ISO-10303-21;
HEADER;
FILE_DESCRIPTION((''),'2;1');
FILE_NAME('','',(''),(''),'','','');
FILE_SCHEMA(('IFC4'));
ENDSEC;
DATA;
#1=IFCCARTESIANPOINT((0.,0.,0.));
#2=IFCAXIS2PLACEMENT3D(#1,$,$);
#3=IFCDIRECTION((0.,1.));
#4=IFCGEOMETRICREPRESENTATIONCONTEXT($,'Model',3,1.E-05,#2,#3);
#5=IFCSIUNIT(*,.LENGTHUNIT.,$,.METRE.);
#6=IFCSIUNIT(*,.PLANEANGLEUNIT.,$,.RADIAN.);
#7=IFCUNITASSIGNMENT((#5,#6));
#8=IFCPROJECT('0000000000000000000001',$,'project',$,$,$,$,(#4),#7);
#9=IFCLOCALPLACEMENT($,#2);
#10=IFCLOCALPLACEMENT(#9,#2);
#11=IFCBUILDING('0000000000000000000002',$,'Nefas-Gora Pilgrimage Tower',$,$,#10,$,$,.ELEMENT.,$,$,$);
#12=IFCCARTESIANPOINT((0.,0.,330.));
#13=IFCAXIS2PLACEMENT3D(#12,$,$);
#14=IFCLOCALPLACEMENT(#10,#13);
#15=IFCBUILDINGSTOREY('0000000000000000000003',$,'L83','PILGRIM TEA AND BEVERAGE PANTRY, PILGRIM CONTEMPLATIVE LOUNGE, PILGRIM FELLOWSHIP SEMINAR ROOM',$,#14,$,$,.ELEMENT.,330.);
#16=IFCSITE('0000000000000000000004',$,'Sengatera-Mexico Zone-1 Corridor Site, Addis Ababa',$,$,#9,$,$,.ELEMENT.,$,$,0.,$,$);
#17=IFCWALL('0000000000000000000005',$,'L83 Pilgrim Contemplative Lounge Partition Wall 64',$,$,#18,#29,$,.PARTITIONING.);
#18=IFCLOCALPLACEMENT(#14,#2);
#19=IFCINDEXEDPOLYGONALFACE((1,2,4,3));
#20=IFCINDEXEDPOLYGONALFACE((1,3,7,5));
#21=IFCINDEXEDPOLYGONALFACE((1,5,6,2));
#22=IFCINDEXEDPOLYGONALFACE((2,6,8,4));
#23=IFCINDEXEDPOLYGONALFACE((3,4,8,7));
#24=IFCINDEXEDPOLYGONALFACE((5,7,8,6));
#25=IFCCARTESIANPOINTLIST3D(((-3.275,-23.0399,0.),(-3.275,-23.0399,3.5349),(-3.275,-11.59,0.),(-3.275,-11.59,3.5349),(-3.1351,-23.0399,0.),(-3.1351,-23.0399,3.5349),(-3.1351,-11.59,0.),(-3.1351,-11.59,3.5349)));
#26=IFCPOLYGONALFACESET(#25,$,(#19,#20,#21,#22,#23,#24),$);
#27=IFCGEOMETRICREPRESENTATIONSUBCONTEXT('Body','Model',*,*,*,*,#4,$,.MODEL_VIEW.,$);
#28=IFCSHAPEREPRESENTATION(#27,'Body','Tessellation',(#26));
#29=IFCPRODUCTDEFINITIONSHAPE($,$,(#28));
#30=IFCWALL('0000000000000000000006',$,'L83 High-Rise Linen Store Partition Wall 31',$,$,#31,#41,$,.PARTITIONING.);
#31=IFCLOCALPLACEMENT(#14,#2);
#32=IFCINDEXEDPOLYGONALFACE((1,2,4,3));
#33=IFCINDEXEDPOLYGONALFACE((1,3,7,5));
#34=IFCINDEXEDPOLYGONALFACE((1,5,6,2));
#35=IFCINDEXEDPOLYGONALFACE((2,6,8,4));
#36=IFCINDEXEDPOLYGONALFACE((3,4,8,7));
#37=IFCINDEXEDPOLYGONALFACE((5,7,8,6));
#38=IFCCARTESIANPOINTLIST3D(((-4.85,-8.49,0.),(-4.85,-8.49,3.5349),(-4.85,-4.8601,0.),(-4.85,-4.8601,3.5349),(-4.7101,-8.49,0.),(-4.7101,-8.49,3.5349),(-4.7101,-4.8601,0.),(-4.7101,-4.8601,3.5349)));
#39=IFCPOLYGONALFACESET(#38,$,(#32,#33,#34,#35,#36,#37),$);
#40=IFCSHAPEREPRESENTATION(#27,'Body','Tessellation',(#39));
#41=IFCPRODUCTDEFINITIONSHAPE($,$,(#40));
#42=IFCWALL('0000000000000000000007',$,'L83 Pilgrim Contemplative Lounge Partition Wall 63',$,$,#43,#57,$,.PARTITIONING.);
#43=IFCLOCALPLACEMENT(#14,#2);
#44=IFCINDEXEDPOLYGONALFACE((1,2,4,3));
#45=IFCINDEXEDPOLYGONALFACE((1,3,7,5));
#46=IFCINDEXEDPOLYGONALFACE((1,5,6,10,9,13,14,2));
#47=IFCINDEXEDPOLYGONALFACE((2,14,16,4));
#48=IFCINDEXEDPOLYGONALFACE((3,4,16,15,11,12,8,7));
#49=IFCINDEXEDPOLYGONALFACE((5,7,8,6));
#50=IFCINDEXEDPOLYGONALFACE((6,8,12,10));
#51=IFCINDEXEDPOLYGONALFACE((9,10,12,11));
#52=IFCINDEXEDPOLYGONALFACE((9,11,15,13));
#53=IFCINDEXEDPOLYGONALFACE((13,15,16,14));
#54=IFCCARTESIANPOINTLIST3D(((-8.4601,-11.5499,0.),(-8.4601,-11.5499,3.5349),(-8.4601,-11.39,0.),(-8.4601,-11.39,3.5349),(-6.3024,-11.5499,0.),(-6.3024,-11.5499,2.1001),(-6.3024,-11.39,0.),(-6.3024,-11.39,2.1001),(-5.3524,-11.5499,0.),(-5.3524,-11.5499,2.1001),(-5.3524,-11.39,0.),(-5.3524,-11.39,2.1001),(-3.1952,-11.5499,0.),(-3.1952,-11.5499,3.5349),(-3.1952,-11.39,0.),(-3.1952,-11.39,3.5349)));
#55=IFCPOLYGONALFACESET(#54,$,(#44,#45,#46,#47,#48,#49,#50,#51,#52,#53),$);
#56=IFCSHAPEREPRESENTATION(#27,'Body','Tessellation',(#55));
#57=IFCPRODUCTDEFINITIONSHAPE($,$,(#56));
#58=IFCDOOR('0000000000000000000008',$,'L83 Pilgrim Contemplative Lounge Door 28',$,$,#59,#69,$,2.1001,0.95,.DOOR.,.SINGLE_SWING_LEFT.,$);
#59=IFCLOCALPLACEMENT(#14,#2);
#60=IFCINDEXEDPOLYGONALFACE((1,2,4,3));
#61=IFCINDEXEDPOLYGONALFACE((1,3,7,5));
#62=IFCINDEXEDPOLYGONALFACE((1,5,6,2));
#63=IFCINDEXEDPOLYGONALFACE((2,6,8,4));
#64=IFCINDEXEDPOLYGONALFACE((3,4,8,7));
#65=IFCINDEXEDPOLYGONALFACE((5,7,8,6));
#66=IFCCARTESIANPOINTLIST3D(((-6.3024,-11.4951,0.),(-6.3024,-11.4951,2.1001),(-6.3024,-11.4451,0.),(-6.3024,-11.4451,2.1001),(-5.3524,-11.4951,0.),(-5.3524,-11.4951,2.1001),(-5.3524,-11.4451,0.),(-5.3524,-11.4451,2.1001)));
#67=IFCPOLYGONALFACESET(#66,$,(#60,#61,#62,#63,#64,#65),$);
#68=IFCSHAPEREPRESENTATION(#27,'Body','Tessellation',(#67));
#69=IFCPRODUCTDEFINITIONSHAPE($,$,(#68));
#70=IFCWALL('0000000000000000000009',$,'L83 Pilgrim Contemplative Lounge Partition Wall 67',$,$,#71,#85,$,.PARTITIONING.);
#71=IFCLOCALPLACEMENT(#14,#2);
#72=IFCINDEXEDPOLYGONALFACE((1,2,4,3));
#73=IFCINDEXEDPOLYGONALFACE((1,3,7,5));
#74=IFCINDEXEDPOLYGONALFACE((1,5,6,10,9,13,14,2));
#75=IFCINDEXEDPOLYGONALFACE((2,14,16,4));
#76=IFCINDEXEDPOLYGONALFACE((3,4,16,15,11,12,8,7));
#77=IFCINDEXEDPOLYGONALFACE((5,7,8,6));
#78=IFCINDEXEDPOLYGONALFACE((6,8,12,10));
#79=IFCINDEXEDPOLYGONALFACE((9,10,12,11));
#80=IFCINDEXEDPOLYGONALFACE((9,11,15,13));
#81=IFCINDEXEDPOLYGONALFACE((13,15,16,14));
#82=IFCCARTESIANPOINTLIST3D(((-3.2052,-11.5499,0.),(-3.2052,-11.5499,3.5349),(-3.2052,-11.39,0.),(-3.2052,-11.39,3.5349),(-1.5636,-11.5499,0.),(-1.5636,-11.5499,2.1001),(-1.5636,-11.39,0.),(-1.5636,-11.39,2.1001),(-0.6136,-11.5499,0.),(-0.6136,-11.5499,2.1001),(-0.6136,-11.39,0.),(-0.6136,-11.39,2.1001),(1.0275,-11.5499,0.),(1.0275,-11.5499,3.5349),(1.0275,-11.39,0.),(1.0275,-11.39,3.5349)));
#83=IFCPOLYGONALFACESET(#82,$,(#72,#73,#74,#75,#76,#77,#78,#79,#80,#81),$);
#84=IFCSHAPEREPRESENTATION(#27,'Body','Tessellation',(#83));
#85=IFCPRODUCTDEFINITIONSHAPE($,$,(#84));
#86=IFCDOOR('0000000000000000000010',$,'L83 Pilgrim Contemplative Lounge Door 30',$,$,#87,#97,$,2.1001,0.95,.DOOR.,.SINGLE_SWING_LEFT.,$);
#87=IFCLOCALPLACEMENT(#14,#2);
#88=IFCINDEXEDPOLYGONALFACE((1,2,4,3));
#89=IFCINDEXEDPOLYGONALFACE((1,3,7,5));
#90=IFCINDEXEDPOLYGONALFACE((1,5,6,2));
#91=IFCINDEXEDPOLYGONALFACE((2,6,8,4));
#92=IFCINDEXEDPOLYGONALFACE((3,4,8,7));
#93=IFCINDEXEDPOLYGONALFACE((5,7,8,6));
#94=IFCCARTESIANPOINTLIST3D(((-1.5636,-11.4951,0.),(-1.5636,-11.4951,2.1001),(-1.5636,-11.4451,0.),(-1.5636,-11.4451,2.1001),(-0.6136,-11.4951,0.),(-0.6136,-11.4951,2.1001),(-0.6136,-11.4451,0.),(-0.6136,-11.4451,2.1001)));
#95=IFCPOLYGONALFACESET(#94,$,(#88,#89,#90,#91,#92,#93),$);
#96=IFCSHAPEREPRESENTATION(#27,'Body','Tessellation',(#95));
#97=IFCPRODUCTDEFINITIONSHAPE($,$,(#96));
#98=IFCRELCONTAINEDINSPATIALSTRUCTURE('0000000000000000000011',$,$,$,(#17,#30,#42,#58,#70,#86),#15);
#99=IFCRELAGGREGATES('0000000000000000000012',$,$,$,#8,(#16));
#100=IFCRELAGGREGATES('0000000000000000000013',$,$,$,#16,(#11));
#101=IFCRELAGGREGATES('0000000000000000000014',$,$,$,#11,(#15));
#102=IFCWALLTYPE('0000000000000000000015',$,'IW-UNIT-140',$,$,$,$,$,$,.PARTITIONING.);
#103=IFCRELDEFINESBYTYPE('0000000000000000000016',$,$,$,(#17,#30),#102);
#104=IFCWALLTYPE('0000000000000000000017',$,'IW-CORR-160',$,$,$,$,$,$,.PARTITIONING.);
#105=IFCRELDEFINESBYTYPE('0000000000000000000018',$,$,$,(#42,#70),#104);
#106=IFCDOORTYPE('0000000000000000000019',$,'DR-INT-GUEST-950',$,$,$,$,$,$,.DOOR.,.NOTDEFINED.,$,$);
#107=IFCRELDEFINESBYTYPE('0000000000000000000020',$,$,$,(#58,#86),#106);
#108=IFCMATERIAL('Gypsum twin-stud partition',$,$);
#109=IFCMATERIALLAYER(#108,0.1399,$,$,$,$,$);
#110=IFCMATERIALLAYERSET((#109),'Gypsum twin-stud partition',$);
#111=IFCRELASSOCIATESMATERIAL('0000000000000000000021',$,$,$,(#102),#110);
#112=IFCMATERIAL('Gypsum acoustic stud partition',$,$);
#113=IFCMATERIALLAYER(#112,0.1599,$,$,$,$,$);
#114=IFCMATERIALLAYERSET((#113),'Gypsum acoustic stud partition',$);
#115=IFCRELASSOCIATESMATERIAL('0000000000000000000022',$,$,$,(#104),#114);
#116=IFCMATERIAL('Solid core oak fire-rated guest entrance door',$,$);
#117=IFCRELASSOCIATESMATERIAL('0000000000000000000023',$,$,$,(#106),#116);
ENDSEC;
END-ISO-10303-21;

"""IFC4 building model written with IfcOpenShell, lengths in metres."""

from ifc_helpers import new_model, si_unit, direction, frame, frame_2d, origin, place, context, subcontext, project, spatial, rectangle, extrude, source, transform, mapped, material, layer, layer_set, type_object, element, fill, save


model = new_model("IFC4")

# Units and contexts
model_context = context("Model", 3, precision=1e-05, world=origin(), true_north=direction((0.0, 1.0)))
body_context = subcontext(model_context, "Body", "Model", "MODEL_VIEW")
ifc_project = project(units=[si_unit("LENGTHUNIT", "METRE"), si_unit("PLANEANGLEUNIT", "RADIAN")], contexts=[model_context])

# Site, building, storey
site_placement = place(None, origin())
site = spatial("IfcSite", under=ifc_project, at=site_placement, Name="Sengatera-Mexico Zone-1 Corridor Site, Addis Ababa", CompositionType="ELEMENT", RefElevation=0.0)
building_placement = place(site_placement, origin())
building = spatial("IfcBuilding", under=site, at=building_placement, Name="Nefas-Gora Pilgrimage Tower", CompositionType="ELEMENT")
storey_placement = place(building_placement, frame((0.0, 0.0, 330.0)))
storey = spatial("IfcBuildingStorey", under=building, at=storey_placement, Name="L83", Description="PILGRIM TEA AND BEVERAGE PANTRY, PILGRIM CONTEMPLATIVE LOUNGE, PILGRIM FELLOWSHIP SEMINAR ROOM", CompositionType="ELEMENT", Elevation=330.0)

# Walls
ifc_material_1 = material(Name="Gypsum twin-stud partition")
ifc_layer_1 = layer(ifc_material_1, 0.1399)
ifc_layer_set_1 = layer_set([ifc_layer_1], Name="Gypsum twin-stud partition")
wall_type_1 = type_object("IfcWallType", Name="IW-UNIT-140", PredefinedType="PARTITIONING", material=ifc_layer_set_1)
shared_shape_1 = source(origin(), body_context, "Body", "SweptSolid", [
    extrude(rectangle(XDim=11.45, YDim=0.1399, at=frame_2d((5.7251, 0.0))), origin(), (0.0, 0.0, 1.0), 3.5349),
])
for number, where, z_axis, x_axis, name in (
    (1, (-3.2051, -23.04, 0.0), (0.0, 0.0, 1.0), (0.0, 1.0, 0.0), "L83 Pilgrim Contemplative Lounge Partition Wall 64"),
):
    element("IfcWall", number, at=place(storey_placement, frame(where, z_axis=z_axis, x_axis=x_axis)), inside=storey, type_object=wall_type_1, Name=name, PredefinedType="PARTITIONING", context=body_context, shape_type="MappedRepresentation", body=[
        mapped(shared_shape_1, transform((0.0, 0.0, 0.0), x_axis=(1.0, 0.0, 0.0), y_axis=(0.0, 1.0, 0.0), z_axis=(0.0, 0.0, 1.0), scale=1.0)),
    ])
shared_shape_2 = source(origin(), body_context, "Body", "SweptSolid", [
    extrude(rectangle(XDim=3.6299, YDim=0.1399, at=frame_2d((1.8149, 0.0))), origin(), (0.0, 0.0, 1.0), 3.5349),
])
wall_1_placement = place(storey_placement, frame((-4.78, -8.49, 0.0), z_axis=(0.0, 0.0, 1.0), x_axis=(0.0, 1.0, 0.0)))
element("IfcWall", 2, at=wall_1_placement, inside=storey, type_object=wall_type_1, Name="L83 High-Rise Linen Store Partition Wall 31", PredefinedType="PARTITIONING", context=body_context, shape_type="MappedRepresentation", body=[
    mapped(shared_shape_2, transform((0.0, 0.0, 0.0), x_axis=(1.0, 0.0, 0.0), y_axis=(0.0, 1.0, 0.0), z_axis=(0.0, 0.0, 1.0), scale=1.0)),
])

# Walls, openings, doors
ifc_material_2 = material(Name="Gypsum acoustic stud partition")
ifc_layer_2 = layer(ifc_material_2, 0.1599)
ifc_layer_set_2 = layer_set([ifc_layer_2], Name="Gypsum acoustic stud partition")
wall_type_2 = type_object("IfcWallType", Name="IW-CORR-160", PredefinedType="PARTITIONING", material=ifc_layer_set_2)
shared_shape_3 = source(origin(), body_context, "Body", "SweptSolid", [
    extrude(rectangle(XDim=5.2649, YDim=0.1599, at=frame_2d((2.6323, 0.0))), origin(), (0.0, 0.0, 1.0), 3.5349),
])
wall_2_placement = place(storey_placement, frame((-8.46, -11.47, 0.0), z_axis=(0.0, 0.0, 1.0), x_axis=(1.0, 0.0, 0.0)))
wall_2 = element("IfcWall", 3, at=wall_2_placement, inside=storey, type_object=wall_type_2, Name="L83 Pilgrim Contemplative Lounge Partition Wall 63", PredefinedType="PARTITIONING", context=body_context, shape_type="MappedRepresentation", body=[
    mapped(shared_shape_3, transform((0.0, 0.0, 0.0), x_axis=(1.0, 0.0, 0.0), y_axis=(0.0, 1.0, 0.0), z_axis=(0.0, 0.0, 1.0), scale=1.0)),
])
opening_1_placement = place(wall_2_placement, frame((2.1575, 0.0, 0.0)))
opening_1 = element("IfcOpeningElement", 4, at=opening_1_placement, cuts=wall_2, PredefinedType="OPENING", context=body_context, shape_type="SweptSolid", body=[
    extrude(rectangle(XDim=0.95, YDim=2.1001, at=frame_2d((0.4751, 1.05))), frame((0.0, 0.0898, 0.0), z_axis=(0.0, -1.0, 0.0), x_axis=(1.0, 0.0, 0.0)), (0.0, 0.0, 1.0), 0.1799),
])
ifc_material_3 = material(Name="Solid core oak fire-rated guest entrance door")
door_type = type_object("IfcDoorType", Name="DR-INT-GUEST-950", OperationType="NOTDEFINED", PredefinedType="DOOR", material=ifc_material_3)
shared_shape_4 = source(origin(), body_context, "Body", "SweptSolid", [
    extrude(rectangle(XDim=0.95, YDim=2.1001, at=frame_2d((0.4751, 1.05))), frame((0.0, 0.0249, 0.0), z_axis=(0.0, -1.0, 0.0), x_axis=(1.0, 0.0, 0.0)), (0.0, 0.0, 1.0), 0.05),
])
door_1_placement = place(opening_1_placement, origin())
door_1 = element("IfcDoor", 5, at=door_1_placement, inside=storey, type_object=door_type, Name="L83 Pilgrim Contemplative Lounge Door 28", OperationType="SINGLE_SWING_LEFT", OverallHeight=2.1001, OverallWidth=0.95, PredefinedType="DOOR", context=body_context, shape_type="MappedRepresentation", body=[
    mapped(shared_shape_4, transform((0.0, 0.0, 0.0), x_axis=(1.0, 0.0, 0.0), y_axis=(0.0, 1.0, 0.0), z_axis=(0.0, 0.0, 1.0), scale=1.0)),
])
fill(opening_1, door_1)
shared_shape_5 = source(origin(), body_context, "Body", "SweptSolid", [
    extrude(rectangle(XDim=4.2327, YDim=0.1599, at=frame_2d((2.1162, 0.0))), origin(), (0.0, 0.0, 1.0), 3.5349),
])
wall_3_placement = place(storey_placement, frame((-3.2051, -11.47, 0.0), z_axis=(0.0, 0.0, 1.0), x_axis=(1.0, 0.0, 0.0)))
wall_3 = element("IfcWall", 6, at=wall_3_placement, inside=storey, type_object=wall_type_2, Name="L83 Pilgrim Contemplative Lounge Partition Wall 67", PredefinedType="PARTITIONING", context=body_context, shape_type="MappedRepresentation", body=[
    mapped(shared_shape_5, transform((0.0, 0.0, 0.0), x_axis=(1.0, 0.0, 0.0), y_axis=(0.0, 1.0, 0.0), z_axis=(0.0, 0.0, 1.0), scale=1.0)),
])
opening_2_placement = place(wall_3_placement, frame((1.6414, 0.0, 0.0)))
opening_2 = element("IfcOpeningElement", 7, at=opening_2_placement, cuts=wall_3, PredefinedType="OPENING", context=body_context, shape_type="SweptSolid", body=[
    extrude(rectangle(XDim=0.95, YDim=2.1001, at=frame_2d((0.4751, 1.05))), frame((0.0, 0.0898, 0.0), z_axis=(0.0, -1.0, 0.0), x_axis=(1.0, 0.0, 0.0)), (0.0, 0.0, 1.0), 0.1799),
])
door_2_placement = place(opening_2_placement, origin())
door_2 = element("IfcDoor", 8, at=door_2_placement, inside=storey, type_object=door_type, Name="L83 Pilgrim Contemplative Lounge Door 30", OperationType="SINGLE_SWING_LEFT", OverallHeight=2.1001, OverallWidth=0.95, PredefinedType="DOOR", context=body_context, shape_type="MappedRepresentation", body=[
    mapped(shared_shape_4, transform((0.0, 0.0, 0.0), x_axis=(1.0, 0.0, 0.0), y_axis=(0.0, 1.0, 0.0), z_axis=(0.0, 0.0, 1.0), scale=1.0)),
])
fill(opening_2, door_2)

save(model, "model.ifc")
